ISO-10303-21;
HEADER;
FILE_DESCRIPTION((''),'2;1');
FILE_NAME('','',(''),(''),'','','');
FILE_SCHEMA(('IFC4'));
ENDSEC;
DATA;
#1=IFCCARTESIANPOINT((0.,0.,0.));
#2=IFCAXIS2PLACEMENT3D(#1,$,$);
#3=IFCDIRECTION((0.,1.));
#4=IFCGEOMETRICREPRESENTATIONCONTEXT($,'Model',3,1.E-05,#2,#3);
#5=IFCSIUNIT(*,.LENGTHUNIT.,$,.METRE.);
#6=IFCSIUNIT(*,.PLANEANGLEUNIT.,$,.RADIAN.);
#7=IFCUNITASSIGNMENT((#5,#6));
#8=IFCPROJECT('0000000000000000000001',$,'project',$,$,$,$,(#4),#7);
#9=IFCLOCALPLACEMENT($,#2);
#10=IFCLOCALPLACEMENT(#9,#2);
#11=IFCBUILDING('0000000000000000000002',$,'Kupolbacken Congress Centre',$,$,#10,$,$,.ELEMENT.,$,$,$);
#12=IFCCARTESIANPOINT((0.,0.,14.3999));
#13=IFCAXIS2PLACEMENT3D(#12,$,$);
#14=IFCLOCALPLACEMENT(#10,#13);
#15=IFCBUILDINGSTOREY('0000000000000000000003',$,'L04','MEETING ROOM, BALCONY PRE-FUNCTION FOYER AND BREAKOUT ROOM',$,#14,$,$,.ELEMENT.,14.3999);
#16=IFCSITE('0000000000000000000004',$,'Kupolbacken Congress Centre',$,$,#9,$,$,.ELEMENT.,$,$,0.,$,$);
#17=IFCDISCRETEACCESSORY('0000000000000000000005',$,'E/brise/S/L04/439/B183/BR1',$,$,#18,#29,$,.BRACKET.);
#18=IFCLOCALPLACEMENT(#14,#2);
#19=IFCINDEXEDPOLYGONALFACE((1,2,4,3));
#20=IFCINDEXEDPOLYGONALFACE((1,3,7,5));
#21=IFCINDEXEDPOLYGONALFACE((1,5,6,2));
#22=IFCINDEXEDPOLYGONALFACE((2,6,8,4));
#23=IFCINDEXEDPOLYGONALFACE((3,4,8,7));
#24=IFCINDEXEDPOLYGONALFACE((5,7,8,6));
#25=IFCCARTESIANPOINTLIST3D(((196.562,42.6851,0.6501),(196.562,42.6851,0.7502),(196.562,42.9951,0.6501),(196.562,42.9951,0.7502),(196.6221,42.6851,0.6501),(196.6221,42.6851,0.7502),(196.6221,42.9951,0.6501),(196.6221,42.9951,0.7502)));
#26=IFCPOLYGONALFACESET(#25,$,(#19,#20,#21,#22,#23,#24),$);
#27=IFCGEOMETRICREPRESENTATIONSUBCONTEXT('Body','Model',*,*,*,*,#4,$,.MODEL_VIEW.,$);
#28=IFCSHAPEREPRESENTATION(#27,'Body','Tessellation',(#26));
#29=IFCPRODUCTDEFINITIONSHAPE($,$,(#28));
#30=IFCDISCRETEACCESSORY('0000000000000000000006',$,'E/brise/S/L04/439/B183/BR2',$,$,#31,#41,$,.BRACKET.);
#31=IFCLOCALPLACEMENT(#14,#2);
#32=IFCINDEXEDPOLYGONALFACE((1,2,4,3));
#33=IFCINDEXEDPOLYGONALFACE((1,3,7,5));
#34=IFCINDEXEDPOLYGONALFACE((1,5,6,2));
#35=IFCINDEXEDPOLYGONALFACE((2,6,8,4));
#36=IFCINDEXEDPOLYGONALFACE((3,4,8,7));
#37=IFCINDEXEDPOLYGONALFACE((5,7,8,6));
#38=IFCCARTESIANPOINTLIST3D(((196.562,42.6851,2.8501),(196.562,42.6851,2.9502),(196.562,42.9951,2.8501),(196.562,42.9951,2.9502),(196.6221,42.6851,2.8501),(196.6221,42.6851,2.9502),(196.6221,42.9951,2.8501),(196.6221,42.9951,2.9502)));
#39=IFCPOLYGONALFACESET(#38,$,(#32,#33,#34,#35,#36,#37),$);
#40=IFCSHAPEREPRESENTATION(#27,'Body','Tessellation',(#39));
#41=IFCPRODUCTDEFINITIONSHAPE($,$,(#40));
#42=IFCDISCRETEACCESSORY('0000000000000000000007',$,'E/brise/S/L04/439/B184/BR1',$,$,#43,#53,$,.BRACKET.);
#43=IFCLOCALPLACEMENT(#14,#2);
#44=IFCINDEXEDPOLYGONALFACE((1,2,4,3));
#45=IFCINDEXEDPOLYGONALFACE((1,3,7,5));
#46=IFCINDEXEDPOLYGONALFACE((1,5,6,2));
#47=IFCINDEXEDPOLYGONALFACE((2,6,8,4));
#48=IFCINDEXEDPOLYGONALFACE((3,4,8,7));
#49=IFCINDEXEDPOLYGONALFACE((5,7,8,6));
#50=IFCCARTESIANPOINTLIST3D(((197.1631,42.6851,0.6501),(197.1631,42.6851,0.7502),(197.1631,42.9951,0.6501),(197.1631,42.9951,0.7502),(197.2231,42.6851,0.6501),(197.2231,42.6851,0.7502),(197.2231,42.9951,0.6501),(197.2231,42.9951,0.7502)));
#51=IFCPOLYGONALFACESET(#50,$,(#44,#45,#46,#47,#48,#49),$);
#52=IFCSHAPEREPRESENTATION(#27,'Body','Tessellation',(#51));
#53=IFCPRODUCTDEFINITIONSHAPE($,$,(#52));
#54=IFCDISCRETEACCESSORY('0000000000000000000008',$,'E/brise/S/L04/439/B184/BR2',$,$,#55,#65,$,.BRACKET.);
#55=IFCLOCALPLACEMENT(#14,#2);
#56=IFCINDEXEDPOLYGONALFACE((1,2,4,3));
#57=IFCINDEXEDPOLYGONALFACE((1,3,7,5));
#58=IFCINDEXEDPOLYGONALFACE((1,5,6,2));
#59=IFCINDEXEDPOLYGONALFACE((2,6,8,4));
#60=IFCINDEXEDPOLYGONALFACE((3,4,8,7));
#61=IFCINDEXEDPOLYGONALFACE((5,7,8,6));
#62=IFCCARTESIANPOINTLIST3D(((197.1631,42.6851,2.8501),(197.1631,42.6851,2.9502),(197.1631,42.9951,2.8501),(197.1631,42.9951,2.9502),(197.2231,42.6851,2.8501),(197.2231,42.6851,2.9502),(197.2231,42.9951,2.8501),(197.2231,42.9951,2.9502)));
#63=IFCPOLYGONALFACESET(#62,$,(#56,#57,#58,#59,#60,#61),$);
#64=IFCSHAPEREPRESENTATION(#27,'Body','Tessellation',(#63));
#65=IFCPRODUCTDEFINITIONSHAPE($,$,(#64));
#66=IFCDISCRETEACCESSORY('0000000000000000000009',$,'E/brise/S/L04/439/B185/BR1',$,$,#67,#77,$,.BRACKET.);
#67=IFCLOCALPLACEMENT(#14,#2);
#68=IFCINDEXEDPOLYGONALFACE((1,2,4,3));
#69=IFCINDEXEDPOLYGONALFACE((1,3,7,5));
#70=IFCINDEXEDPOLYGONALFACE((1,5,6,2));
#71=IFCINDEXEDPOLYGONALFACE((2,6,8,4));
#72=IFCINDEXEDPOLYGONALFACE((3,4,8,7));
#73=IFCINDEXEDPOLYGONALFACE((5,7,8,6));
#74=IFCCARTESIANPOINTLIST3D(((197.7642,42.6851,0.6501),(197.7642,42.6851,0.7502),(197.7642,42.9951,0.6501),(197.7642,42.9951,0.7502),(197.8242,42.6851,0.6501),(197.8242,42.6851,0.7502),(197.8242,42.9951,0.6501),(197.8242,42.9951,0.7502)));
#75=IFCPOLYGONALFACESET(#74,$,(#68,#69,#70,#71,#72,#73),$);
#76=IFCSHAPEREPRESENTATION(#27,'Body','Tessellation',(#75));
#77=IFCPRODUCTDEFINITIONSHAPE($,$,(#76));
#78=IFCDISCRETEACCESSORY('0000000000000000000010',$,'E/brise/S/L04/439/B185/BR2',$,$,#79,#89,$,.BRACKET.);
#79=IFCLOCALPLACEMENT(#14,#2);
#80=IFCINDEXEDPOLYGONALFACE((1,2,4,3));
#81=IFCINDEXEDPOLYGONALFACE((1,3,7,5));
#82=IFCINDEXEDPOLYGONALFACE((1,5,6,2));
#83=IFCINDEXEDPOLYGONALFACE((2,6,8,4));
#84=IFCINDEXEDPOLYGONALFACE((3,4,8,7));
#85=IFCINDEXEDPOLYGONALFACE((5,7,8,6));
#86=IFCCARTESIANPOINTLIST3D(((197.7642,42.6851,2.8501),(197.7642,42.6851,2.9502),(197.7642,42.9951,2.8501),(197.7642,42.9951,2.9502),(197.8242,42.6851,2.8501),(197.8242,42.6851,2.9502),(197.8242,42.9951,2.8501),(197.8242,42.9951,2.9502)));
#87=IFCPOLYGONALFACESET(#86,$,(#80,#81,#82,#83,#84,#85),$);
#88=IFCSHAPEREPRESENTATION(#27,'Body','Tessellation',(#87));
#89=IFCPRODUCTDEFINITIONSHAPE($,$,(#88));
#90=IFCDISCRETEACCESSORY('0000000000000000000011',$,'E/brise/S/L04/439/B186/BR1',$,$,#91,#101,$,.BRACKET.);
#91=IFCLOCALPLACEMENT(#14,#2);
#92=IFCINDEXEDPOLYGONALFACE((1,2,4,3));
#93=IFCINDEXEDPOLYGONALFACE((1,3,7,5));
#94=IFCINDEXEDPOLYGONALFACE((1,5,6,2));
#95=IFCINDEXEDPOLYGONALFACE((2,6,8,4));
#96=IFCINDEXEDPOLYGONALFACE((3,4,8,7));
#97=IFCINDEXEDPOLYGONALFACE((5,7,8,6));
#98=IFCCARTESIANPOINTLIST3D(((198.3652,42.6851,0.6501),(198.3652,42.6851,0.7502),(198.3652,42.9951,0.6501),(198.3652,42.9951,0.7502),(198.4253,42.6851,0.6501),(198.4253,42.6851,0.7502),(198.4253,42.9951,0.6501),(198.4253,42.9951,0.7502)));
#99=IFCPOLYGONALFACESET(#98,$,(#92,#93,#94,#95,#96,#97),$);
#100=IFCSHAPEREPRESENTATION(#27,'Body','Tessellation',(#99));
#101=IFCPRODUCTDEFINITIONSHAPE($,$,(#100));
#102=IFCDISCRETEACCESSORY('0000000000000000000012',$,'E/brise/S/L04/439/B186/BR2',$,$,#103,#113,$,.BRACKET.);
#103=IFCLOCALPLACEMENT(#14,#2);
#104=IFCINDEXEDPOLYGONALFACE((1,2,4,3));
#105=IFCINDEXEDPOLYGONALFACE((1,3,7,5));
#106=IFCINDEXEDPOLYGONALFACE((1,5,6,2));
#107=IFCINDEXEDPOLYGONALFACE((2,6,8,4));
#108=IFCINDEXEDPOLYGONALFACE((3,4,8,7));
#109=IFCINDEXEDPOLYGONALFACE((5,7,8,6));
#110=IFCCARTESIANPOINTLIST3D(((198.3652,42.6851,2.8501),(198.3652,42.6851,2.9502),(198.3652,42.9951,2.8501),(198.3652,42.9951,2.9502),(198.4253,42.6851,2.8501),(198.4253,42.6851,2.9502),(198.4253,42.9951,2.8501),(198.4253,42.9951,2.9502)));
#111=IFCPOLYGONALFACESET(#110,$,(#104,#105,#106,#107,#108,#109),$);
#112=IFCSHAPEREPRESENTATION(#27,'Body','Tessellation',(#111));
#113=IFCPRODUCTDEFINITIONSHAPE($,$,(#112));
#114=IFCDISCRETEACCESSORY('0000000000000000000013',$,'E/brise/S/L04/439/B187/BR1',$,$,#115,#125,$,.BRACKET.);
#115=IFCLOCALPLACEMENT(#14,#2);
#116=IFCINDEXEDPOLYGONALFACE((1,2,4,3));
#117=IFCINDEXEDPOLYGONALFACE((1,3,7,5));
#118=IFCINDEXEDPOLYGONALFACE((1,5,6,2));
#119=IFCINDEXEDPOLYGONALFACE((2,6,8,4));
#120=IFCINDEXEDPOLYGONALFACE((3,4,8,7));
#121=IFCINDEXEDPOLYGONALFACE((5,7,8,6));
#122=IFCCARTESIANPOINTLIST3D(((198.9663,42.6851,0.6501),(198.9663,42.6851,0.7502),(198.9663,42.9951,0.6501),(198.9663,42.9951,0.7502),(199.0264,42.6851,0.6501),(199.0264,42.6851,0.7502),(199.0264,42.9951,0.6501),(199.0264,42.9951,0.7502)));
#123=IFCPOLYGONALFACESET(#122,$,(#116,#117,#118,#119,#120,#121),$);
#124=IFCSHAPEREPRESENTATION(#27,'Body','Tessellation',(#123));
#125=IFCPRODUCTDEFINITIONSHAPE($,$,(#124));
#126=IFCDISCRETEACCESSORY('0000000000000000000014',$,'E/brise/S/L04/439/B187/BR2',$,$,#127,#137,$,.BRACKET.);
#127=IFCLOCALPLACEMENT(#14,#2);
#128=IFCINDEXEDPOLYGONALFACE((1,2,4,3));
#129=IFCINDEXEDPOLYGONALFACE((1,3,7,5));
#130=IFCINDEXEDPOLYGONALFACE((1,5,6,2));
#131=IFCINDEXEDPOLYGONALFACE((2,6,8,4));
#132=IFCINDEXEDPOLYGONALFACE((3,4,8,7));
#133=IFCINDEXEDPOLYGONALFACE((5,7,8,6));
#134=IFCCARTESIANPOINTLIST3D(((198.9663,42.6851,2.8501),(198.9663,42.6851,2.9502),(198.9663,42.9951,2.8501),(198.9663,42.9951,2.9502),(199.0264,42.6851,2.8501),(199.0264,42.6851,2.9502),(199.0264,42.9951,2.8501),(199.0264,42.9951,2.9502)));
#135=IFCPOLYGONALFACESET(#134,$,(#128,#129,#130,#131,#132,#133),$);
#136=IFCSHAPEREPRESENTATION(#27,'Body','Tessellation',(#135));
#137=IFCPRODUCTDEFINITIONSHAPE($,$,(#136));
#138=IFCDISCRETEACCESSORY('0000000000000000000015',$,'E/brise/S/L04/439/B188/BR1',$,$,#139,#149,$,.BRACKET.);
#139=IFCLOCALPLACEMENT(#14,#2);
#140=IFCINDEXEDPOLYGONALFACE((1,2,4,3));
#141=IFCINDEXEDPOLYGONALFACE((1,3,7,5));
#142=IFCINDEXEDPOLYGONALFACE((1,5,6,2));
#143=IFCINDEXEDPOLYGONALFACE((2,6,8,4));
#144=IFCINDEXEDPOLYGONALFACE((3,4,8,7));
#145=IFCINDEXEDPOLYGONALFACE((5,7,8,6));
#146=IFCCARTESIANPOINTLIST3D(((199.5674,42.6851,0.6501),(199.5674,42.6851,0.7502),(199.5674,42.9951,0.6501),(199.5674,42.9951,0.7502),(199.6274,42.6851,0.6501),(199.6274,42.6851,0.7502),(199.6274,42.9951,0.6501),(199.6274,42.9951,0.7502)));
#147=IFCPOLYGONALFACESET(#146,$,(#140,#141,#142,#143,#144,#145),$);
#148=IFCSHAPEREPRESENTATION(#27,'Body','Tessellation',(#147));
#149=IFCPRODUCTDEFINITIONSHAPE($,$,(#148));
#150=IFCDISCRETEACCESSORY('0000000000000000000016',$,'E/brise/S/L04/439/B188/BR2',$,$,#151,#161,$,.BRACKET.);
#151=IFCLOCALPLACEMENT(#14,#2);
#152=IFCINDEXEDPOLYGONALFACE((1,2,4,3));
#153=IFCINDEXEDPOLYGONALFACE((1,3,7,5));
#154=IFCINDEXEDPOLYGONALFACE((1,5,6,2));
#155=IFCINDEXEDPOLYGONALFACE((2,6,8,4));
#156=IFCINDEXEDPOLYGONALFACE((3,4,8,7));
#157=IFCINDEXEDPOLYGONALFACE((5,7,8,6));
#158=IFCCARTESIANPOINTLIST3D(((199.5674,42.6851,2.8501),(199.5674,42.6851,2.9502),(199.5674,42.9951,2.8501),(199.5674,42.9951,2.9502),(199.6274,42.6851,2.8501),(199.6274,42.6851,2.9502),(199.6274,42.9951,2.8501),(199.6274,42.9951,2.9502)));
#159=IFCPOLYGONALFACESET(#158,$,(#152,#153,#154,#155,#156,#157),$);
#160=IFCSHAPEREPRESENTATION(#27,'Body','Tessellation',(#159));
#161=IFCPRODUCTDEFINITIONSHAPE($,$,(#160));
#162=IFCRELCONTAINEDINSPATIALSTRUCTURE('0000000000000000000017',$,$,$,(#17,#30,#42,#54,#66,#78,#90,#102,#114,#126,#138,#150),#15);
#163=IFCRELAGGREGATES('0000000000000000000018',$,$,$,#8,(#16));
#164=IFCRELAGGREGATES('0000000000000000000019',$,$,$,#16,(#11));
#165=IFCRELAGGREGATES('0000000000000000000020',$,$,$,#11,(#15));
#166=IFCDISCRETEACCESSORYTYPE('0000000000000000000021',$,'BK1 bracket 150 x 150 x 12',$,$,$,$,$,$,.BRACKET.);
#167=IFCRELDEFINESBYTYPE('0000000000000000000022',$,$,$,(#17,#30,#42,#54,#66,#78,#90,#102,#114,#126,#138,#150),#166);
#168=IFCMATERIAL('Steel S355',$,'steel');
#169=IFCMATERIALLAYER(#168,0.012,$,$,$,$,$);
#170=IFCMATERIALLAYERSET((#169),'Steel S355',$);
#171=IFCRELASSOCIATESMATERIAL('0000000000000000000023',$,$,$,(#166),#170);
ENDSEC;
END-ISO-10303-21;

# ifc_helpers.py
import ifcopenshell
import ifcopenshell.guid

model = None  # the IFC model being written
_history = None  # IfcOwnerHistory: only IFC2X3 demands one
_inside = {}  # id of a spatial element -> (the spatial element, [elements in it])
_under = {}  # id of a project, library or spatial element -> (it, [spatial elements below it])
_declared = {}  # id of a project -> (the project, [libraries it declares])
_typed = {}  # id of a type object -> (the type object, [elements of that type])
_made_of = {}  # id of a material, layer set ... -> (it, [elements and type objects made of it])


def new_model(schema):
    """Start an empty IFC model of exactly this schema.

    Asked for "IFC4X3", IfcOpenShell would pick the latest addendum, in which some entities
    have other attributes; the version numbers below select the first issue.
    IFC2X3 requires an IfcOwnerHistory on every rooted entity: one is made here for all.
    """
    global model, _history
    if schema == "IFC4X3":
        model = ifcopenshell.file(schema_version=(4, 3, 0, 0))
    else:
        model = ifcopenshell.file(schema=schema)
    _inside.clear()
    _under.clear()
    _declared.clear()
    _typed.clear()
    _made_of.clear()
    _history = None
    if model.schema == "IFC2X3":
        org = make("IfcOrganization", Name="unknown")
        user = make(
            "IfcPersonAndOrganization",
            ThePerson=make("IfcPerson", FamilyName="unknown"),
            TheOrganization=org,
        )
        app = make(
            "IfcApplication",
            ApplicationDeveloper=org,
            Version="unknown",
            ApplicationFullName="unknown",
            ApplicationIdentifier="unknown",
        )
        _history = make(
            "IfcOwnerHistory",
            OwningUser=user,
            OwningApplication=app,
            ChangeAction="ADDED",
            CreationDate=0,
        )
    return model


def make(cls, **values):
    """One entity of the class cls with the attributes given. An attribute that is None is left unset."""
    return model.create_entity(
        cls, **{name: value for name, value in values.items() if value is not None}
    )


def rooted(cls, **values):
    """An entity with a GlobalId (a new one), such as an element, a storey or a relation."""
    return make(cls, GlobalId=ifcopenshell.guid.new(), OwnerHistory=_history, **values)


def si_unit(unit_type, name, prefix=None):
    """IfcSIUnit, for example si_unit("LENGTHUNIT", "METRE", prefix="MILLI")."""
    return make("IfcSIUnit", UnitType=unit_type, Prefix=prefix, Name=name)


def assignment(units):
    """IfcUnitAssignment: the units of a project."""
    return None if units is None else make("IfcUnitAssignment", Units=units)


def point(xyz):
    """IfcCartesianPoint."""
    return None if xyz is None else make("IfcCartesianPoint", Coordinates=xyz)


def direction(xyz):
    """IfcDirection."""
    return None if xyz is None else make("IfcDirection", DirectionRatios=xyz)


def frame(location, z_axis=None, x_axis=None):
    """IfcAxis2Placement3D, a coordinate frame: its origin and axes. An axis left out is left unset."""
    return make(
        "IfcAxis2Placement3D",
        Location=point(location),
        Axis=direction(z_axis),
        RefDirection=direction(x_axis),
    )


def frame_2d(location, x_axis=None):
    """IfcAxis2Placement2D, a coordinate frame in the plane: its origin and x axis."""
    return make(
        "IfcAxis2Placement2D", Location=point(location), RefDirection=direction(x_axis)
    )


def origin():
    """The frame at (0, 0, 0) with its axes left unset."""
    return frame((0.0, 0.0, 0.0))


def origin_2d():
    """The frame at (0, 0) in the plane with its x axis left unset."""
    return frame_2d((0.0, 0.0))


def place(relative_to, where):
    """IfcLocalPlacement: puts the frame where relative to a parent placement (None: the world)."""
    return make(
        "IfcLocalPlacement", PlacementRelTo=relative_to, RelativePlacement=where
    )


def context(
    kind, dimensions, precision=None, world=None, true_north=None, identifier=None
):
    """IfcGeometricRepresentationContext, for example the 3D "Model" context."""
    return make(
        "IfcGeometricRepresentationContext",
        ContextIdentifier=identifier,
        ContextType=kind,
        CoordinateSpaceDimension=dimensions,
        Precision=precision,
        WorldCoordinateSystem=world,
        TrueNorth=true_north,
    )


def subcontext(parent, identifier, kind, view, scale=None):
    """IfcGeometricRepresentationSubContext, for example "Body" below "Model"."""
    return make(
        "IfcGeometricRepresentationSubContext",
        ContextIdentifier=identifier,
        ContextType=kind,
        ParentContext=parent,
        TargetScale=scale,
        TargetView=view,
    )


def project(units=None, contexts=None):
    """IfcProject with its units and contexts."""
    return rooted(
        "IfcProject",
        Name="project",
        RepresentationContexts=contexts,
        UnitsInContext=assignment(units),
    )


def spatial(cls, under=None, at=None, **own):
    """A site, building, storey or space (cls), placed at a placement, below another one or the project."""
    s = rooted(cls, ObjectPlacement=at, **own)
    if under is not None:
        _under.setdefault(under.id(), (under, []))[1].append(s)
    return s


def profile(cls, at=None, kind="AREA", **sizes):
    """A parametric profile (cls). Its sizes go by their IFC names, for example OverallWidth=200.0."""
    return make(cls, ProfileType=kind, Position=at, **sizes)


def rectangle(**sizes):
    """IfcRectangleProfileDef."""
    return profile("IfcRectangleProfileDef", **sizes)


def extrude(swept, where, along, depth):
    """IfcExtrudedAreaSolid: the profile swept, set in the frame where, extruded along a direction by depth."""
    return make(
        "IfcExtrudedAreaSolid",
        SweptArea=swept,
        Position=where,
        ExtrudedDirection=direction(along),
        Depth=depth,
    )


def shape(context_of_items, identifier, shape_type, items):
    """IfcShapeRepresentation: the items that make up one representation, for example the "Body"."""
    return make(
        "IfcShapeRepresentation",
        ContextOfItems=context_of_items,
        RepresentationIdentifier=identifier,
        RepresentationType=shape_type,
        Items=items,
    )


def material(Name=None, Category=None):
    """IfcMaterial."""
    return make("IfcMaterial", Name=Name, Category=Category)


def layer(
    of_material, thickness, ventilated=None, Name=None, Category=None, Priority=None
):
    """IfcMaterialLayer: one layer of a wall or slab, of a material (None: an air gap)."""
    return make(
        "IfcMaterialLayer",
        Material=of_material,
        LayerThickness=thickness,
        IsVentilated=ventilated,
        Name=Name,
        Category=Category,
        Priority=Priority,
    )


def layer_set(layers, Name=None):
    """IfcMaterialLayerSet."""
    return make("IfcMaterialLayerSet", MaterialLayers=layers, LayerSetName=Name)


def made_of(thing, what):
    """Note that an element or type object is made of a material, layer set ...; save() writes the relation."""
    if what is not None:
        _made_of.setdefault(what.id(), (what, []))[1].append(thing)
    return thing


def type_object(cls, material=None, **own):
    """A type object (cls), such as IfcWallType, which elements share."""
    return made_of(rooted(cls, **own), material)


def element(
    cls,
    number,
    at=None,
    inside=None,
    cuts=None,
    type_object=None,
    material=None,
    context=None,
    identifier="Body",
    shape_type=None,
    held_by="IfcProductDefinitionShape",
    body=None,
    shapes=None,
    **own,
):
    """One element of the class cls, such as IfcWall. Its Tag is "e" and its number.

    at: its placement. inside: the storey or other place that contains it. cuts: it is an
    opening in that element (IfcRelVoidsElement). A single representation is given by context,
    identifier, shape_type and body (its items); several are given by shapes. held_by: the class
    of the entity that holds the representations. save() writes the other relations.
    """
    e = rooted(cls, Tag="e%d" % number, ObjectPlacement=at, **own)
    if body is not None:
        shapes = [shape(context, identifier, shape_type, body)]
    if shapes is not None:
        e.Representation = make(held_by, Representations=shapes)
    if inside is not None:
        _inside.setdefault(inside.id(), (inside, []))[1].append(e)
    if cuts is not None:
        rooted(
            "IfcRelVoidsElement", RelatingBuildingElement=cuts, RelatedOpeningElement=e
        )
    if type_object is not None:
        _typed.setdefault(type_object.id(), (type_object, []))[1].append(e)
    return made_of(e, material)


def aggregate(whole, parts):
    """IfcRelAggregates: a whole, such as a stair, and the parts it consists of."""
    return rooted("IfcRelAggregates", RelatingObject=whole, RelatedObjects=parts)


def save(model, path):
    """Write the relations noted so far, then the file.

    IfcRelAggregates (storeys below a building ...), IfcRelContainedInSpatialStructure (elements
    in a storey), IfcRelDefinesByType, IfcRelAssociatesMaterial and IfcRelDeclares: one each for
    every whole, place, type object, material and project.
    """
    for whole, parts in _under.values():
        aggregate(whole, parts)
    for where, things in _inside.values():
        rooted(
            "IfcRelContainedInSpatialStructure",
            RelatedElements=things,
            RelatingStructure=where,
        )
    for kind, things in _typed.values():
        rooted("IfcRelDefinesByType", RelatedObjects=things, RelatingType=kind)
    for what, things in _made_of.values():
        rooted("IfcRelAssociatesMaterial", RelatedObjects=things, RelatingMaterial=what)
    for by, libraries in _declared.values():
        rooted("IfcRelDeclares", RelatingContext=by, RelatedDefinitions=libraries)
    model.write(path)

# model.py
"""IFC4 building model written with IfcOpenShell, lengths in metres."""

from ifc_helpers import new_model, si_unit, direction, frame, origin, origin_2d, place, context, subcontext, project, spatial, rectangle, extrude, material, layer, layer_set, type_object, element, save


model = new_model("IFC4")

# Units and contexts
model_context = context("Model", 3, precision=1e-05, world=origin(), true_north=direction((0.0, 1.0)))
body_context = subcontext(model_context, "Body", "Model", "MODEL_VIEW")
ifc_project = project(units=[si_unit("LENGTHUNIT", "METRE"), si_unit("PLANEANGLEUNIT", "RADIAN")], contexts=[model_context])

# Site, building, storey
site_placement = place(None, origin())
site = spatial("IfcSite", under=ifc_project, at=site_placement, Name="Kupolbacken Congress Centre", CompositionType="ELEMENT", RefElevation=0.0)
building_placement = place(site_placement, origin())
building = spatial("IfcBuilding", under=site, at=building_placement, Name="Kupolbacken Congress Centre", CompositionType="ELEMENT")
storey_placement = place(building_placement, frame((0.0, 0.0, 14.3999)))
storey = spatial("IfcBuildingStorey", under=building, at=storey_placement, Name="L04", Description="MEETING ROOM, BALCONY PRE-FUNCTION FOYER AND BREAKOUT ROOM", CompositionType="ELEMENT", Elevation=14.3999)

# Discrete accessories
ifc_material_1 = material(Name="Steel S355", Category="steel")
ifc_layer_1 = layer(ifc_material_1, 0.012)
ifc_layer_set_1 = layer_set([ifc_layer_1], Name="Steel S355")
discrete_accessory_type = type_object("IfcDiscreteAccessoryType", Name="BK1 bracket 150 x 150 x 12", PredefinedType="BRACKET", material=ifc_layer_set_1)
for number, where, z_axis, x_axis, name in (
    (1, (196.592, 42.8401, 0.6501), (0.0, 0.0, 1.0), (1.0, 0.0, 0.0), "E/brise/S/L04/439/B183/BR1"),
    (2, (196.592, 42.8401, 2.8501), (0.0, 0.0, 1.0), (1.0, 0.0, 0.0), "E/brise/S/L04/439/B183/BR2"),
    (3, (197.1931, 42.8401, 0.6501), (0.0, 0.0, 1.0), (1.0, 0.0, 0.0), "E/brise/S/L04/439/B184/BR1"),
    (4, (197.1931, 42.8401, 2.8501), (0.0, 0.0, 1.0), (1.0, 0.0, 0.0), "E/brise/S/L04/439/B184/BR2"),
    (5, (197.7942, 42.8401, 0.6501), (0.0, 0.0, 1.0), (1.0, 0.0, 0.0), "E/brise/S/L04/439/B185/BR1"),
    (6, (197.7942, 42.8401, 2.8501), (0.0, 0.0, 1.0), (1.0, 0.0, 0.0), "E/brise/S/L04/439/B185/BR2"),
    (7, (198.3953, 42.8401, 0.6501), (0.0, 0.0, 1.0), (1.0, 0.0, 0.0), "E/brise/S/L04/439/B186/BR1"),
    (8, (198.3953, 42.8401, 2.8501), (0.0, 0.0, 1.0), (1.0, 0.0, 0.0), "E/brise/S/L04/439/B186/BR2"),
    (9, (198.9963, 42.8401, 0.6501), (0.0, 0.0, 1.0), (1.0, 0.0, 0.0), "E/brise/S/L04/439/B187/BR1"),
    (10, (198.9963, 42.8401, 2.8501), (0.0, 0.0, 1.0), (1.0, 0.0, 0.0), "E/brise/S/L04/439/B187/BR2"),
    (11, (199.5974, 42.8401, 0.6501), (0.0, 0.0, 1.0), (1.0, 0.0, 0.0), "E/brise/S/L04/439/B188/BR1"),
    (12, (199.5974, 42.8401, 2.8501), (0.0, 0.0, 1.0), (1.0, 0.0, 0.0), "E/brise/S/L04/439/B188/BR2"),
):
    element("IfcDiscreteAccessory", number, at=place(storey_placement, frame(where, z_axis=z_axis, x_axis=x_axis)), inside=storey, type_object=discrete_accessory_type, Name=name, PredefinedType="BRACKET", context=body_context, shape_type="SweptSolid", body=[
        extrude(rectangle(XDim=0.0601, YDim=0.3101, at=origin_2d()), origin(), (0.0, 0.0, 1.0), 0.1001),
    ])

save(model, "model.ifc")
